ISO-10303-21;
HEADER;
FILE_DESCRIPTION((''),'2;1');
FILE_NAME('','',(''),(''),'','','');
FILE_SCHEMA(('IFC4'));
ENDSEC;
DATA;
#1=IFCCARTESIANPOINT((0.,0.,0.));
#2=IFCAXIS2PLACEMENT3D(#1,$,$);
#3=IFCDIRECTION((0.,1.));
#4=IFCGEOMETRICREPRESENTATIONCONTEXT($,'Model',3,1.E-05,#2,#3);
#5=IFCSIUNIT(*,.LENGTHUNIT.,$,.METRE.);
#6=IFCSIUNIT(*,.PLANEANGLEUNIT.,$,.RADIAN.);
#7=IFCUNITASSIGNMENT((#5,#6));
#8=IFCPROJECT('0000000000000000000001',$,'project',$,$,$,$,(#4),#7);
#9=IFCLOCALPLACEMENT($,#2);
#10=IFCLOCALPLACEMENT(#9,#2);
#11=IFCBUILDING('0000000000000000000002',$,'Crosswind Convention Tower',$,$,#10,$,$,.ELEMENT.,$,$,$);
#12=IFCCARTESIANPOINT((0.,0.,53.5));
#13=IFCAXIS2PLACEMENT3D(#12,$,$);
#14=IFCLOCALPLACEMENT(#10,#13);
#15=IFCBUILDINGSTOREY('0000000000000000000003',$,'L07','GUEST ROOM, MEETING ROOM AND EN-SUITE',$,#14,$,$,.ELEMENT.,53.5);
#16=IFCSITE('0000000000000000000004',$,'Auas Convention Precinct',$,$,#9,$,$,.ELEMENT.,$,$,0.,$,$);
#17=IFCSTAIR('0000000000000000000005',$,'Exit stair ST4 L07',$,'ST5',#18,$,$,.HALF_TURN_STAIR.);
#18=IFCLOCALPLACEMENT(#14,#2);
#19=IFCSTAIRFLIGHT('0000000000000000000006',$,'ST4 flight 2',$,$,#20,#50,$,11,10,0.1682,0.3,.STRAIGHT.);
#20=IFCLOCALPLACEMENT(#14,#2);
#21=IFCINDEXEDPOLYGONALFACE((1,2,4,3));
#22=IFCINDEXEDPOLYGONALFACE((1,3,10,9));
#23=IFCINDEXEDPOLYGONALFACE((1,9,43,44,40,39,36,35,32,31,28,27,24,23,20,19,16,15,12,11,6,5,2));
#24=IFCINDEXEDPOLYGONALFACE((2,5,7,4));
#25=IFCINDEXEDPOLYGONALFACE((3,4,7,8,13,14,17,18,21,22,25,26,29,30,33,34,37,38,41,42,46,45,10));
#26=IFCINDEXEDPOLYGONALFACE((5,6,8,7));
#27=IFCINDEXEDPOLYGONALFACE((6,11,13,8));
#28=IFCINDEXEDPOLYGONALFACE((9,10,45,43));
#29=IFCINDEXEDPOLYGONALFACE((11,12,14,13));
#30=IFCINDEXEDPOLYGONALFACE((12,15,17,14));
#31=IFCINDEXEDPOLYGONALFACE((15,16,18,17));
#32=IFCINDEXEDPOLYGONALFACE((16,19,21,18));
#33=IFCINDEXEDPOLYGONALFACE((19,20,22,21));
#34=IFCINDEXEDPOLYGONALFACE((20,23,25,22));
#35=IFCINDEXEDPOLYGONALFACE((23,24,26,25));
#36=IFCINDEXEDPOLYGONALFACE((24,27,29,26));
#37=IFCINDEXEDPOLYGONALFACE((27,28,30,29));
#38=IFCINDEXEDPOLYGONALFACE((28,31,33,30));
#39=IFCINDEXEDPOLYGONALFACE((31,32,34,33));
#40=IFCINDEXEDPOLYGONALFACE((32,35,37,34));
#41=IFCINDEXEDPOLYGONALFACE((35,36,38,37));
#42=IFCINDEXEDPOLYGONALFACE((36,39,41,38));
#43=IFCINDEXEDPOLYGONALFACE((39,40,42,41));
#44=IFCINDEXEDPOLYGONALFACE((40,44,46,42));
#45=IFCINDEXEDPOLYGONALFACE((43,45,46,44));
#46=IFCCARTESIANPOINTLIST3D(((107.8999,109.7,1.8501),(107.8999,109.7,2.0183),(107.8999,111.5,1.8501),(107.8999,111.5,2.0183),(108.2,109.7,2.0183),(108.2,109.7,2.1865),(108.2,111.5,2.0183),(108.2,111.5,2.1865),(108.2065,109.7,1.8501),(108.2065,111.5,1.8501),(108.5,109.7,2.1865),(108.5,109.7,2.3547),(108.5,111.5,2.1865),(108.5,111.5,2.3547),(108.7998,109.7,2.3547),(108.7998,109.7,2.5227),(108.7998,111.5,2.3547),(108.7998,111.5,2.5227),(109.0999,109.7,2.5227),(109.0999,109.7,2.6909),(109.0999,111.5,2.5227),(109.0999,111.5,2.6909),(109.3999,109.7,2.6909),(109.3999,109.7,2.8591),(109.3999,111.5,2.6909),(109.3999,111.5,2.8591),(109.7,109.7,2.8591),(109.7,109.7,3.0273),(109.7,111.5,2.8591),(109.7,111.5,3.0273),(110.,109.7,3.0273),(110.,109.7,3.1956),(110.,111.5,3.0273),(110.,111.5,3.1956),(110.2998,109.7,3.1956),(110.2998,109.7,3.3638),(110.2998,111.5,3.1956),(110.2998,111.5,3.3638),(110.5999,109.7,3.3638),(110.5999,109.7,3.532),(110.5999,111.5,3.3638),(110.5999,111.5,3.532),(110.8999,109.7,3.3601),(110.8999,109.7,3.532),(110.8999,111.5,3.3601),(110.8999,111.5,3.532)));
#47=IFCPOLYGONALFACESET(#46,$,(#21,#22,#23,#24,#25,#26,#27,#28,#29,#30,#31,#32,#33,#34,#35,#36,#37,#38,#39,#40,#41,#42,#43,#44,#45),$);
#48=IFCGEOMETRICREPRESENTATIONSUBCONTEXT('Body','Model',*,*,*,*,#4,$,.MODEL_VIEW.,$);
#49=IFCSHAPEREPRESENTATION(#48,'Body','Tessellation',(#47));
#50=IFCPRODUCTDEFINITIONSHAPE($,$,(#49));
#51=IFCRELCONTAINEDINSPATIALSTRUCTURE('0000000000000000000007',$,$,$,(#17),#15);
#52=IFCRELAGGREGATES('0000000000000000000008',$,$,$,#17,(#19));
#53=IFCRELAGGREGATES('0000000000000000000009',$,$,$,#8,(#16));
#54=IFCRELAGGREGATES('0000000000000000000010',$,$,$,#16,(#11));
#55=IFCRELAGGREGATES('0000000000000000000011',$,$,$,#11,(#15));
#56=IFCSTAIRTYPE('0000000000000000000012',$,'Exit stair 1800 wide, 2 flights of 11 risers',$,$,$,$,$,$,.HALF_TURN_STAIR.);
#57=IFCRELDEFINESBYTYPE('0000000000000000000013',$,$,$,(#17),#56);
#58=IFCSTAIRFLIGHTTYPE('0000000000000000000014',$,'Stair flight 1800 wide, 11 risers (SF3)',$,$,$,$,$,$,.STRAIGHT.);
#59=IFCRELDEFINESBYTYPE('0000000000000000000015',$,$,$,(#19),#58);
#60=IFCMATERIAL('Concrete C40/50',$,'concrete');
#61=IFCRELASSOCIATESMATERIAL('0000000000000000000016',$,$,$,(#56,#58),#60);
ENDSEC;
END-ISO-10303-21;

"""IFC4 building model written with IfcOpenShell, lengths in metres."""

from ifc_helpers import new_model, si_unit, direction, frame, origin, place, context, subcontext, project, spatial, polyline, outline, extrude, material, type_object, element, aggregate, save


model = new_model("IFC4")

# Units and contexts
model_context = context("Model", 3, precision=1e-05, world=origin(), true_north=direction((0.0, 1.0)))
body_context = subcontext(model_context, "Body", "Model", "MODEL_VIEW")
ifc_project = project(units=[si_unit("LENGTHUNIT", "METRE"), si_unit("PLANEANGLEUNIT", "RADIAN")], contexts=[model_context])

# Site, building, storey
site_placement = place(None, origin())
site = spatial("IfcSite", under=ifc_project, at=site_placement, Name="Auas Convention Precinct", CompositionType="ELEMENT", RefElevation=0.0)
building_placement = place(site_placement, origin())
building = spatial("IfcBuilding", under=site, at=building_placement, Name="Crosswind Convention Tower", CompositionType="ELEMENT")
storey_placement = place(building_placement, frame((0.0, 0.0, 53.5)))
storey = spatial("IfcBuildingStorey", under=building, at=storey_placement, Name="L07", Description="GUEST ROOM, MEETING ROOM AND EN-SUITE", CompositionType="ELEMENT", Elevation=53.5)

# Stair, stair flight
ifc_material_1 = material(Name="Concrete C40/50", Category="concrete")
stair_type = type_object("IfcStairType", Name="Exit stair 1800 wide, 2 flights of 11 risers", PredefinedType="HALF_TURN_STAIR", material=ifc_material_1)
stair_placement = place(storey_placement, origin())
stair = element("IfcStair", 1, at=stair_placement, inside=storey, type_object=stair_type, Name="Exit stair ST4 L07", ObjectType="ST5", PredefinedType="HALF_TURN_STAIR")
stair_flight_type = type_object("IfcStairFlightType", Name="Stair flight 1800 wide, 11 risers (SF3)", PredefinedType="STRAIGHT", material=ifc_material_1)
stair_flight_1_placement = place(storey_placement, frame((107.8999, 110.6001, 1.8501), z_axis=(0.0, 0.0, 1.0), x_axis=(1.0, 0.0, 0.0)))
stair_flight_1 = element("IfcStairFlight", 2, at=stair_flight_1_placement, type_object=stair_flight_type, Name="ST4 flight 2", NumberOfRisers=11, NumberOfTreads=10, PredefinedType="STRAIGHT", RiserHeight=0.1682, TreadLength=0.3, context=body_context, shape_type="SweptSolid", body=[
    extrude(outline(polyline([(0.0, 0.0), (0.0, 0.1682), (0.3, 0.1682), (0.3, 0.3364), (0.6001, 0.3364), (0.6001, 0.5046), (0.8999, 0.5046), (0.8999, 0.6726), (1.2, 0.6726), (1.2, 0.8408), (1.5, 0.8408), (1.5, 1.009), (1.8, 1.009), (1.8, 1.1772), (2.1001, 1.1772), (2.1001, 1.3455), (2.3999, 1.3455), (2.3999, 1.5137), (2.7, 1.5137), (2.7, 1.6819), (3.0, 1.6819), (3.0, 1.8501), (3.0, 1.51), (0.3066, 0.0), (0.0, 0.0)])), frame((0.0, 0.8999, 0.0), z_axis=(0.0, -1.0, 0.0), x_axis=(1.0, 0.0, 0.0)), (0.0, 0.0, 1.0), 1.8),
])
aggregate(stair, [stair_flight_1])

save(model, "model.ifc")
